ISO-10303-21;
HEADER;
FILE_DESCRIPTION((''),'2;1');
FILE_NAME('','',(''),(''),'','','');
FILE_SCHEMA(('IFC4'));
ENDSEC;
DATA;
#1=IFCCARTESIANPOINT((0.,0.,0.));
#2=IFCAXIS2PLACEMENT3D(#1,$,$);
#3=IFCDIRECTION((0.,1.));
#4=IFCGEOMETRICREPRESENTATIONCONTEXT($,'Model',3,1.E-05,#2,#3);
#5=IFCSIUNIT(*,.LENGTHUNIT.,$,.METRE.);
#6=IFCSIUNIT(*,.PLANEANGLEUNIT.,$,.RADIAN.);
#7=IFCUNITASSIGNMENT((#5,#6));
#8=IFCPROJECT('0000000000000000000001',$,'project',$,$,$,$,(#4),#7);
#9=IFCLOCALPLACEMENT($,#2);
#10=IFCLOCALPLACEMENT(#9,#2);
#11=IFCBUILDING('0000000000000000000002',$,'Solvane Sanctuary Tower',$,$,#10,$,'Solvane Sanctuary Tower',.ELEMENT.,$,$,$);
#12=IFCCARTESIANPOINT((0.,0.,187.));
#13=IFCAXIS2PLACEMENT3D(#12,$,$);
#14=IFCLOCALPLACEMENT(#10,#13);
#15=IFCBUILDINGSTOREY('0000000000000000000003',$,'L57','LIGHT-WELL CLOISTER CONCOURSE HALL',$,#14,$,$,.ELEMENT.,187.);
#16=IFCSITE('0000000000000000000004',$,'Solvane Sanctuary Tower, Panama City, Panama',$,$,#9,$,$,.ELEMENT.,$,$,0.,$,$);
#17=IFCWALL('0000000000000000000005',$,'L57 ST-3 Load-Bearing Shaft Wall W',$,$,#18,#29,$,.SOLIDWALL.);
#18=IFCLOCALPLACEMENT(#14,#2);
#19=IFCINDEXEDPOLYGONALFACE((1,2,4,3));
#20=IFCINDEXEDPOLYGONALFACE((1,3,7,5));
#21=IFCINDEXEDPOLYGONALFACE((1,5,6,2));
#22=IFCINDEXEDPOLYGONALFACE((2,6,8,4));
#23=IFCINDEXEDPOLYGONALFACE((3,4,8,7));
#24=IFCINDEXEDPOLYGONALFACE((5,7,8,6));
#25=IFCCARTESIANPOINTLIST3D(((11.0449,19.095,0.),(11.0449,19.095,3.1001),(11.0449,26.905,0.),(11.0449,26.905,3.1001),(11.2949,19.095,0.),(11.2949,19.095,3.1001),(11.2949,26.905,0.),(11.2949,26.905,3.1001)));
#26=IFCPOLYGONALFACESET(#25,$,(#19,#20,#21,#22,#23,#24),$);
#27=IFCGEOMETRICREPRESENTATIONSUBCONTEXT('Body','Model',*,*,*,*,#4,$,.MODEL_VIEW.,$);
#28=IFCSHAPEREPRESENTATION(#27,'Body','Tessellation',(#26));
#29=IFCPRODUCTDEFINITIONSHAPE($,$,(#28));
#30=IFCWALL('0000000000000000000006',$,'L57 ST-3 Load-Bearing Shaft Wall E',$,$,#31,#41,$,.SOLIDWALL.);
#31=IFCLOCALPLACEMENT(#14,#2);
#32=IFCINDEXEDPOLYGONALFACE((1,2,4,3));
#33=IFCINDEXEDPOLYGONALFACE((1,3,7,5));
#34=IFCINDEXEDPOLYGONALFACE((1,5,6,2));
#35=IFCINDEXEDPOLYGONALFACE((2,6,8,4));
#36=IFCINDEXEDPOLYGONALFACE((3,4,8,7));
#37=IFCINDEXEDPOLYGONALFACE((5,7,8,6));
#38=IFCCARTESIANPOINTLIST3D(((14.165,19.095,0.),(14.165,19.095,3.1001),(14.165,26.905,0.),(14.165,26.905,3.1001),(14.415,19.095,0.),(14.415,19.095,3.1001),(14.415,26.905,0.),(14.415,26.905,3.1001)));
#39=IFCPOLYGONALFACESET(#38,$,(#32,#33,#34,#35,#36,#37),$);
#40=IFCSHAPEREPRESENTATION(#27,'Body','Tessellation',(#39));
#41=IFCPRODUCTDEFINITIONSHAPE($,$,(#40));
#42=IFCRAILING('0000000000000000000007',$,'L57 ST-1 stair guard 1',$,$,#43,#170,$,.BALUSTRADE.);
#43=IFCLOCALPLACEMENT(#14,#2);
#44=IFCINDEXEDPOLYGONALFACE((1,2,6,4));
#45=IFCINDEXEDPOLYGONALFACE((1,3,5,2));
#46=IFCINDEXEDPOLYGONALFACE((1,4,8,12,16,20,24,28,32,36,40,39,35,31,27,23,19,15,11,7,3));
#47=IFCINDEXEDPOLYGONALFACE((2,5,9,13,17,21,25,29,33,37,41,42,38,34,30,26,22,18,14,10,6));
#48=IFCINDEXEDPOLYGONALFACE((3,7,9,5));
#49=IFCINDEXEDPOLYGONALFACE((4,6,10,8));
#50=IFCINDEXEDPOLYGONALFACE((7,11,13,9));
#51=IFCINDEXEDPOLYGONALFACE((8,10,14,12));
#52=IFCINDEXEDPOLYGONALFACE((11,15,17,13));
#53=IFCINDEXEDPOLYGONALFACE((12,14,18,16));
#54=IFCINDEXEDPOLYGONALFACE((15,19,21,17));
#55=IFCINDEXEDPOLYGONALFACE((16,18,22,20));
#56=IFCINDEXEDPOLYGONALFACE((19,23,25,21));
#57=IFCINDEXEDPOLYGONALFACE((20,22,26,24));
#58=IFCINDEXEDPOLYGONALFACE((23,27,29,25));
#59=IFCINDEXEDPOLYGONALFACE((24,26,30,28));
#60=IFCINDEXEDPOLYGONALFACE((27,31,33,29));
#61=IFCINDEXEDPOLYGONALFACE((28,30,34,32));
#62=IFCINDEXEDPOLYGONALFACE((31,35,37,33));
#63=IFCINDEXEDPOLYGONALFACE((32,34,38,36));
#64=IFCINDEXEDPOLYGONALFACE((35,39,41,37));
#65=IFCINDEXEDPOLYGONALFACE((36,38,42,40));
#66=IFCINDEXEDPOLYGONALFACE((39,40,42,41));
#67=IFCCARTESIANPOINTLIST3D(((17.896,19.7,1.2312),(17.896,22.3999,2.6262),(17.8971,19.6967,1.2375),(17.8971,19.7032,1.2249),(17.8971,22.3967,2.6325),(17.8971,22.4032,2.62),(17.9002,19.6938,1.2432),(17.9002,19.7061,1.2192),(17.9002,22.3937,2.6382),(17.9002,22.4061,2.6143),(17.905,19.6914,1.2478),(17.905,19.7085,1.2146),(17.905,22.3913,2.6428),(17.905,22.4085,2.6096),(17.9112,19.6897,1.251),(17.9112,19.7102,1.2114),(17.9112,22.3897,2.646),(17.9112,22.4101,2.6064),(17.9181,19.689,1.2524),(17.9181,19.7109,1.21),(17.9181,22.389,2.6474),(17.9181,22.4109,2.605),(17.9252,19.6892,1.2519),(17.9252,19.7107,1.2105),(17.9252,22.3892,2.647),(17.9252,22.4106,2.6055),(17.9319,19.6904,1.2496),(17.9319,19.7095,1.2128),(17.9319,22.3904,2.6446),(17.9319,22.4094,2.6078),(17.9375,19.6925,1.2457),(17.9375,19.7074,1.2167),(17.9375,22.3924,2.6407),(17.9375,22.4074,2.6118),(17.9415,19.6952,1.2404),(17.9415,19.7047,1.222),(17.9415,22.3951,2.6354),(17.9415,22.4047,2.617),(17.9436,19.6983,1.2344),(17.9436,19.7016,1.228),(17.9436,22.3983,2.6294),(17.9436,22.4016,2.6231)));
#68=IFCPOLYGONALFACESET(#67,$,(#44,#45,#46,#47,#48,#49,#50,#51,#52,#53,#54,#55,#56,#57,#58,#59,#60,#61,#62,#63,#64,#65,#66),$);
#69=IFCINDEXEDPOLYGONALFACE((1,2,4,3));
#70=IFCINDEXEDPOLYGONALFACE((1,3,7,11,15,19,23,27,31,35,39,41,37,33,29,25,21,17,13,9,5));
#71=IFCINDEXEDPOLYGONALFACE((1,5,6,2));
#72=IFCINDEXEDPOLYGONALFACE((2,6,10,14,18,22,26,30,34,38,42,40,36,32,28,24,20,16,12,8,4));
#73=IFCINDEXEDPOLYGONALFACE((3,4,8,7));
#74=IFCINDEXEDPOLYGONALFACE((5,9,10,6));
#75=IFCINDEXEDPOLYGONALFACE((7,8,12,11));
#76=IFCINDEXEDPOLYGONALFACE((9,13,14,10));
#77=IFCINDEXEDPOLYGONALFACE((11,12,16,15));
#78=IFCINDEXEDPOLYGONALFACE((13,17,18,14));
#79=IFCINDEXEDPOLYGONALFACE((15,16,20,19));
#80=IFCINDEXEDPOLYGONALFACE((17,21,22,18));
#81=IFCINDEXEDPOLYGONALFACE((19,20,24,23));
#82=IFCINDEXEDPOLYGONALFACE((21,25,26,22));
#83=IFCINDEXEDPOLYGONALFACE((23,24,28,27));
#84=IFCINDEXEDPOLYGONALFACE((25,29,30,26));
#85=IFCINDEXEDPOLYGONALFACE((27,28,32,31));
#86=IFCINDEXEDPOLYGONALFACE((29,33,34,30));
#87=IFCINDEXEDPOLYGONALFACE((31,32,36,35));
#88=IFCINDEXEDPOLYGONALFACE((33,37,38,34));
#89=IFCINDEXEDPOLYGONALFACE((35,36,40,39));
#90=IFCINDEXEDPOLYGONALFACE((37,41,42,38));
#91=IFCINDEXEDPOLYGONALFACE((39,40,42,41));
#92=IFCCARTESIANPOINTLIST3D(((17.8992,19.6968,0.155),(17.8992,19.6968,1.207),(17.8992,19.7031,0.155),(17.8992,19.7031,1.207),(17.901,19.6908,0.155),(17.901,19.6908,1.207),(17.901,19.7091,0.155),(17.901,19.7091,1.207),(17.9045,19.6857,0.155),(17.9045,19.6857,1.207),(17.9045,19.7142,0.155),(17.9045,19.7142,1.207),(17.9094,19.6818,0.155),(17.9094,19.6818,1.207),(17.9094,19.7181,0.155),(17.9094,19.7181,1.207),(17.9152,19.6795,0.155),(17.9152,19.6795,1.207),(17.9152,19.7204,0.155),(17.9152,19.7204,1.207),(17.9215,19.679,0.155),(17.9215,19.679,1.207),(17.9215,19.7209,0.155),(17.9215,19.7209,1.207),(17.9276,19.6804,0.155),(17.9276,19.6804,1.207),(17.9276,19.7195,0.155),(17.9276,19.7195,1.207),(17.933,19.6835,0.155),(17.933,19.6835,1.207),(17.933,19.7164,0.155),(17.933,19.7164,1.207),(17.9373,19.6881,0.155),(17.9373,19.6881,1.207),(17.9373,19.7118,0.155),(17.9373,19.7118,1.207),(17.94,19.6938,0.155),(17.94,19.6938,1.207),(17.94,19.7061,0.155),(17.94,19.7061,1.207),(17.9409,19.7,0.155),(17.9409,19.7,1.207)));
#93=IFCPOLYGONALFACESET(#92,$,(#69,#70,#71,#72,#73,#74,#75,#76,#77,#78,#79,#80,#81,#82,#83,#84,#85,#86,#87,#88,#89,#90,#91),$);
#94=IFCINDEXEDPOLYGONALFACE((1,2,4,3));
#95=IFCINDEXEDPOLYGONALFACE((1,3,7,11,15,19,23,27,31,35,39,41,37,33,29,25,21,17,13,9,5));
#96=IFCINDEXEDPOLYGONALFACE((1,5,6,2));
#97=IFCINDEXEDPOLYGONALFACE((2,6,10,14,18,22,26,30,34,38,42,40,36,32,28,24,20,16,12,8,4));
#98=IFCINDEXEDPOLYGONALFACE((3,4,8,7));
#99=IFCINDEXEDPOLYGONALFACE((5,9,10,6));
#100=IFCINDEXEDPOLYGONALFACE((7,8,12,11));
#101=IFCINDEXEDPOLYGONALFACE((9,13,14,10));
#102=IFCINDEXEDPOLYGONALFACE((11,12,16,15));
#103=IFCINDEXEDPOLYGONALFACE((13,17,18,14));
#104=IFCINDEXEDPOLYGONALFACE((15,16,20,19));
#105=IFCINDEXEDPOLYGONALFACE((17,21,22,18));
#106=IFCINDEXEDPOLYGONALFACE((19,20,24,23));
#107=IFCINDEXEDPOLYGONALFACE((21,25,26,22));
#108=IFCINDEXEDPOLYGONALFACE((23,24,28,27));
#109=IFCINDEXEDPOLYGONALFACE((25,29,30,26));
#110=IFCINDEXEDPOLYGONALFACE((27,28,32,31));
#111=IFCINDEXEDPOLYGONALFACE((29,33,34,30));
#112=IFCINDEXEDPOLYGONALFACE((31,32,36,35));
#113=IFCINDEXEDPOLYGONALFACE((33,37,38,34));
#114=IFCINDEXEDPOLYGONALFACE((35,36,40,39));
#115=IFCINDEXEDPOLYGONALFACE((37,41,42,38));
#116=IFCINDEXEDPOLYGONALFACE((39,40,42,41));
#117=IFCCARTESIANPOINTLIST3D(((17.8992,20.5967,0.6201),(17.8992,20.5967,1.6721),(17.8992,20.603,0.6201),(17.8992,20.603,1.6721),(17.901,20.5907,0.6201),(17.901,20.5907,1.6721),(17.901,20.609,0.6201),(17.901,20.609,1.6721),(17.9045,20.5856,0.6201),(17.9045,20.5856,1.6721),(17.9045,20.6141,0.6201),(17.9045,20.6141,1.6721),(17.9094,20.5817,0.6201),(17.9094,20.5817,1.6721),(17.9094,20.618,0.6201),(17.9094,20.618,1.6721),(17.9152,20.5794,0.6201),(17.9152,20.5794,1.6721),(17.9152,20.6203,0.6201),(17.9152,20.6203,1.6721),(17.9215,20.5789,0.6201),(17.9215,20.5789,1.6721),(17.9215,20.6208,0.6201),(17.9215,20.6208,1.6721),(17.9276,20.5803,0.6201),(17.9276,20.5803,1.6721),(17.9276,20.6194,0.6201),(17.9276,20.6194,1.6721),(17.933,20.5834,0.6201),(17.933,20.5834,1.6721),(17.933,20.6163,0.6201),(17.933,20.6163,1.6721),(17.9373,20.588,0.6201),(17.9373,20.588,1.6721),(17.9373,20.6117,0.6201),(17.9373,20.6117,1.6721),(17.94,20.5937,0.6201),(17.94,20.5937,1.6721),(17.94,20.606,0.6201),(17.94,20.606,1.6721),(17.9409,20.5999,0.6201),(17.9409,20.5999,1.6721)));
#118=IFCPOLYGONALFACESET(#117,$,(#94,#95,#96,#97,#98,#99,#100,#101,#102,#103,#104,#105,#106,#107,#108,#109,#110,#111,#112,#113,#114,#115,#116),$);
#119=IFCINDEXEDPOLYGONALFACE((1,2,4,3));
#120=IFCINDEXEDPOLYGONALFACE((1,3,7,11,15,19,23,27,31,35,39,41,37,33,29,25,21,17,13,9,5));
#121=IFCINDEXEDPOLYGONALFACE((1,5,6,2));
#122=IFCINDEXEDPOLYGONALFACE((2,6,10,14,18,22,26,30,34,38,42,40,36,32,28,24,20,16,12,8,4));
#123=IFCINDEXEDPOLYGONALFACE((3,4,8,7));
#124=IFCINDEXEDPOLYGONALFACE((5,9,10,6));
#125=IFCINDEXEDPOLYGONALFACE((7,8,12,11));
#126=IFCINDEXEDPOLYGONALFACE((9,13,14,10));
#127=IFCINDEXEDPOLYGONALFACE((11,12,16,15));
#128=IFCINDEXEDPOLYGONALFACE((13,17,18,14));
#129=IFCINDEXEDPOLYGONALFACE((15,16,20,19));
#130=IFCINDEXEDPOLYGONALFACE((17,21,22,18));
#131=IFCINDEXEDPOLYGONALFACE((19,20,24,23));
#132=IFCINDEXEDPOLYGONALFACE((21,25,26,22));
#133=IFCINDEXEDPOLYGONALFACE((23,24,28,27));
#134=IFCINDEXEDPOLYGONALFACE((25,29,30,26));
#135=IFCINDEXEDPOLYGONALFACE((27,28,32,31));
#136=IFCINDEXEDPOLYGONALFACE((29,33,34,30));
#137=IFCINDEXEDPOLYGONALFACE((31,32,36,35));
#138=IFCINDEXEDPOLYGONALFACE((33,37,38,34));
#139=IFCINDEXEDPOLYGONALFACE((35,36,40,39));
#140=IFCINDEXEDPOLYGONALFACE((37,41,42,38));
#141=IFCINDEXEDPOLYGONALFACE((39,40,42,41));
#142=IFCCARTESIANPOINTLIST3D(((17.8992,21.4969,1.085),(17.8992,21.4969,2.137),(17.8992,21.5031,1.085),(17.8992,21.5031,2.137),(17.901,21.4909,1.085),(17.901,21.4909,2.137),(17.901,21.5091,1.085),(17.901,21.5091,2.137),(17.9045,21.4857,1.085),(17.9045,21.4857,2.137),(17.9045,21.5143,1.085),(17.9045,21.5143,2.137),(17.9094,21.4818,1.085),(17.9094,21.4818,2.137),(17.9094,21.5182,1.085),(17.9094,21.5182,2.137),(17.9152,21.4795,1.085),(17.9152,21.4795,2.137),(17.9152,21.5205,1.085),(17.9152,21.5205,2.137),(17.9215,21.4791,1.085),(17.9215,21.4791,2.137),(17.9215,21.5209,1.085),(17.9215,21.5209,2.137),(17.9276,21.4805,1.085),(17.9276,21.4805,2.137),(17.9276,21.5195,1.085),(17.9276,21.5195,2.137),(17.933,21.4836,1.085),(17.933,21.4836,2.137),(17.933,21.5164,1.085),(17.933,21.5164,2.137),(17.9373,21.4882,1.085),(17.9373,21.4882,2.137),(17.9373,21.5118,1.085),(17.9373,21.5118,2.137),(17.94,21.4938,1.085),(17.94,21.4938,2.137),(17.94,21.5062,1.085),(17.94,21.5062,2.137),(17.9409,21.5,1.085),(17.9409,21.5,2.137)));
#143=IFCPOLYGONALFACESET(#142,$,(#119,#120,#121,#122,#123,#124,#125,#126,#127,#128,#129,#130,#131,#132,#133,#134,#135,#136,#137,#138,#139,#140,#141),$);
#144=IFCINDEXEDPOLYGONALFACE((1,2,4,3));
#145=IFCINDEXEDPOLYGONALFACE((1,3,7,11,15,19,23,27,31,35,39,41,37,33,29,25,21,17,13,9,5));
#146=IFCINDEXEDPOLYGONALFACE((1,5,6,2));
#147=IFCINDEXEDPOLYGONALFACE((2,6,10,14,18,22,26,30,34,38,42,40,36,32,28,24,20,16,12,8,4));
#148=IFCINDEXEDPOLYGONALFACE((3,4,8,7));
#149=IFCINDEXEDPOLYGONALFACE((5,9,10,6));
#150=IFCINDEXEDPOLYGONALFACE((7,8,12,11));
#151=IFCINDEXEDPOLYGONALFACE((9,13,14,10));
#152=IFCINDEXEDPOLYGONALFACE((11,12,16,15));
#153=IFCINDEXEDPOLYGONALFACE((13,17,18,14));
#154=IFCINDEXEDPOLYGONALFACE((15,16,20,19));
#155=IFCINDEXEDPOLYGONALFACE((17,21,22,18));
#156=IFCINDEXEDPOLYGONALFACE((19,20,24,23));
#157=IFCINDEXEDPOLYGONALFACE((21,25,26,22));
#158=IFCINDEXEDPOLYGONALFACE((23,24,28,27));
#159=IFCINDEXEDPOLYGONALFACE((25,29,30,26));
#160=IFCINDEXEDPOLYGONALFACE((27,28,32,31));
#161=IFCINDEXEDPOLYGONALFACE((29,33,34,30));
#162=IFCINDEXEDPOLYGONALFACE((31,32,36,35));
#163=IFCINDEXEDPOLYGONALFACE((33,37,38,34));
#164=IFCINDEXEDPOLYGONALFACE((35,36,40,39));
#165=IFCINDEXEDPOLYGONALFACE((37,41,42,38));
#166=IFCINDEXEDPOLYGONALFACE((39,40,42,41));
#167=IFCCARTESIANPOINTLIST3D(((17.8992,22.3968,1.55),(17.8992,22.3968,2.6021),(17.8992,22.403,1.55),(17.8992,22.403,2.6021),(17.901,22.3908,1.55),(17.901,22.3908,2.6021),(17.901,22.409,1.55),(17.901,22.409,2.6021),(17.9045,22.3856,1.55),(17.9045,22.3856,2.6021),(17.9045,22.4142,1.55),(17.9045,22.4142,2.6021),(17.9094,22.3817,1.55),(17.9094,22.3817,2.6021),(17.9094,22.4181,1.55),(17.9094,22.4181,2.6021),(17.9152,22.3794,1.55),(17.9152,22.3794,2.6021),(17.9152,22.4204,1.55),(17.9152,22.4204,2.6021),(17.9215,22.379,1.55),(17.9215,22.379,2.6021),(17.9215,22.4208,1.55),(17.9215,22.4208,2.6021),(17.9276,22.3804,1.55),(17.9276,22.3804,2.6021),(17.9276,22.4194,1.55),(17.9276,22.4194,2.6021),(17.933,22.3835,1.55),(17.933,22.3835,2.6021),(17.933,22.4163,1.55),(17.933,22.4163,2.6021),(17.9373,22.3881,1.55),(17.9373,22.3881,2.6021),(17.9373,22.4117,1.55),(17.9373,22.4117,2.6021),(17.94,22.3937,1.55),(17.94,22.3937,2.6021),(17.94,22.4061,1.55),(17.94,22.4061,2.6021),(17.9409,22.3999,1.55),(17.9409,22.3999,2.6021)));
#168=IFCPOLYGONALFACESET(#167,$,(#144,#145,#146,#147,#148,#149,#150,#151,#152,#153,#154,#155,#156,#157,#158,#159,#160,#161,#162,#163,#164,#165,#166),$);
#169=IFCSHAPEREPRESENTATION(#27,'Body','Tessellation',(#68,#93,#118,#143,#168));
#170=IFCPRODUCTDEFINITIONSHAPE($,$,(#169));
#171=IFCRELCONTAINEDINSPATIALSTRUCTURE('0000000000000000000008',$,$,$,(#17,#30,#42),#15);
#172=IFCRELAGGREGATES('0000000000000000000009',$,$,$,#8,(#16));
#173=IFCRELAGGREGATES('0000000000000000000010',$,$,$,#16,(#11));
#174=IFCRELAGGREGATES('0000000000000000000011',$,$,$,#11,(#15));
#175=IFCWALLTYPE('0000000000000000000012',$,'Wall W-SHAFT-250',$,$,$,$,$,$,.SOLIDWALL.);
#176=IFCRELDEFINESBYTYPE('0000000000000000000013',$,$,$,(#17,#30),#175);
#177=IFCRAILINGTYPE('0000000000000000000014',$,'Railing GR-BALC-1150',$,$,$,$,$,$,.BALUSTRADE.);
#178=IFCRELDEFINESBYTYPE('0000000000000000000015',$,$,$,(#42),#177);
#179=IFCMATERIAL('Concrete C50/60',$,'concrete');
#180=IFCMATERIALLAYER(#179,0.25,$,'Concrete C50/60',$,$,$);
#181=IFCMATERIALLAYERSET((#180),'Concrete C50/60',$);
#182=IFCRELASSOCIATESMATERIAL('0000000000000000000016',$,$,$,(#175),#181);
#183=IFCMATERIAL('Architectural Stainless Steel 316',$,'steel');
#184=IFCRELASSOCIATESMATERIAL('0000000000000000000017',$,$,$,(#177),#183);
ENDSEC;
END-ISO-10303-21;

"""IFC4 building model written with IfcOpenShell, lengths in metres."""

from ifc_helpers import new_model, si_unit, direction, frame, frame_2d, origin, origin_2d, place, context, subcontext, project, spatial, rectangle, circle, extrude, material, layer, layer_set, type_object, element, save


model = new_model("IFC4")

# Units and contexts
model_context = context("Model", 3, precision=1e-05, world=origin(), true_north=direction((0.0, 1.0)))
body_context = subcontext(model_context, "Body", "Model", "MODEL_VIEW")
ifc_project = project(units=[si_unit("LENGTHUNIT", "METRE"), si_unit("PLANEANGLEUNIT", "RADIAN")], contexts=[model_context])

# Site, building, storey
site_placement = place(None, origin())
site = spatial("IfcSite", under=ifc_project, at=site_placement, Name="Solvane Sanctuary Tower, Panama City, Panama", CompositionType="ELEMENT", RefElevation=0.0)
building_placement = place(site_placement, origin())
building = spatial("IfcBuilding", under=site, at=building_placement, Name="Solvane Sanctuary Tower", LongName="Solvane Sanctuary Tower", CompositionType="ELEMENT")
storey_placement = place(building_placement, frame((0.0, 0.0, 187.0)))
storey = spatial("IfcBuildingStorey", under=building, at=storey_placement, Name="L57", Description="LIGHT-WELL CLOISTER CONCOURSE HALL", CompositionType="ELEMENT", Elevation=187.0)

# Shared definitions
ifc_material_1 = material(Name="Concrete C50/60", Category="concrete")

# Shared definitions
ifc_material_2 = material(Name="Architectural Stainless Steel 316", Category="steel")

# Shared definitions
ifc_layer_1 = layer(ifc_material_1, 0.25, Name="Concrete C50/60")
ifc_layer_set_1 = layer_set([ifc_layer_1], Name="Concrete C50/60")
wall_type_1 = type_object("IfcWallType", Name="Wall W-SHAFT-250", PredefinedType="SOLIDWALL", material=ifc_layer_set_1)

# Walls
for number, where, z_axis, x_axis, name in (
    (1, (11.1699, 19.095, 0.0), (0.0, 0.0, 1.0), (0.0, 1.0, 0.0), "L57 ST-3 Load-Bearing Shaft Wall W"),
    (2, (14.29, 19.095, 0.0), (0.0, 0.0, 1.0), (0.0, 1.0, 0.0), "L57 ST-3 Load-Bearing Shaft Wall E"),
):
    element("IfcWall", number, at=place(storey_placement, frame(where, z_axis=z_axis, x_axis=x_axis)), inside=storey, type_object=wall_type_1, Name=name, PredefinedType="SOLIDWALL", context=body_context, shape_type="SweptSolid", body=[
        extrude(rectangle(XDim=7.8101, YDim=0.25, at=frame_2d((3.905, 0.0))), origin(), (0.0, 0.0, 1.0), 3.1001),
    ])

# Railing
railing_type = type_object("IfcRailingType", Name="Railing GR-BALC-1150", PredefinedType="BALUSTRADE", material=ifc_material_2)
railing_1_placement = place(storey_placement, frame((17.9199, 19.7, 0.155)))
element("IfcRailing", 3, at=railing_1_placement, inside=storey, type_object=railing_type, Name="L57 ST-1 stair guard 1", PredefinedType="BALUSTRADE", context=body_context, shape_type="SweptSolid", body=[
    extrude(circle(Radius=0.0239, at=origin_2d()), frame((0.0, 0.0, 1.0762), z_axis=(0.0, 0.88842, 0.459032), x_axis=(-1.0, 0.0, 0.0)), (0.0, 0.0, 1.0), 3.0391),
    extrude(circle(Radius=0.021, at=origin_2d()), origin(), (0.0, 0.0, 1.0), 1.052),
    extrude(circle(Radius=0.021, at=origin_2d()), frame((0.0, 0.8999, 0.4651)), (0.0, 0.0, 1.0), 1.052),
    extrude(circle(Radius=0.021, at=origin_2d()), frame((0.0, 1.8, 0.9299)), (0.0, 0.0, 1.0), 1.052),
    extrude(circle(Radius=0.021, at=origin_2d()), frame((0.0, 2.7, 1.395)), (0.0, 0.0, 1.0), 1.052),
])

save(model, "model.ifc")
